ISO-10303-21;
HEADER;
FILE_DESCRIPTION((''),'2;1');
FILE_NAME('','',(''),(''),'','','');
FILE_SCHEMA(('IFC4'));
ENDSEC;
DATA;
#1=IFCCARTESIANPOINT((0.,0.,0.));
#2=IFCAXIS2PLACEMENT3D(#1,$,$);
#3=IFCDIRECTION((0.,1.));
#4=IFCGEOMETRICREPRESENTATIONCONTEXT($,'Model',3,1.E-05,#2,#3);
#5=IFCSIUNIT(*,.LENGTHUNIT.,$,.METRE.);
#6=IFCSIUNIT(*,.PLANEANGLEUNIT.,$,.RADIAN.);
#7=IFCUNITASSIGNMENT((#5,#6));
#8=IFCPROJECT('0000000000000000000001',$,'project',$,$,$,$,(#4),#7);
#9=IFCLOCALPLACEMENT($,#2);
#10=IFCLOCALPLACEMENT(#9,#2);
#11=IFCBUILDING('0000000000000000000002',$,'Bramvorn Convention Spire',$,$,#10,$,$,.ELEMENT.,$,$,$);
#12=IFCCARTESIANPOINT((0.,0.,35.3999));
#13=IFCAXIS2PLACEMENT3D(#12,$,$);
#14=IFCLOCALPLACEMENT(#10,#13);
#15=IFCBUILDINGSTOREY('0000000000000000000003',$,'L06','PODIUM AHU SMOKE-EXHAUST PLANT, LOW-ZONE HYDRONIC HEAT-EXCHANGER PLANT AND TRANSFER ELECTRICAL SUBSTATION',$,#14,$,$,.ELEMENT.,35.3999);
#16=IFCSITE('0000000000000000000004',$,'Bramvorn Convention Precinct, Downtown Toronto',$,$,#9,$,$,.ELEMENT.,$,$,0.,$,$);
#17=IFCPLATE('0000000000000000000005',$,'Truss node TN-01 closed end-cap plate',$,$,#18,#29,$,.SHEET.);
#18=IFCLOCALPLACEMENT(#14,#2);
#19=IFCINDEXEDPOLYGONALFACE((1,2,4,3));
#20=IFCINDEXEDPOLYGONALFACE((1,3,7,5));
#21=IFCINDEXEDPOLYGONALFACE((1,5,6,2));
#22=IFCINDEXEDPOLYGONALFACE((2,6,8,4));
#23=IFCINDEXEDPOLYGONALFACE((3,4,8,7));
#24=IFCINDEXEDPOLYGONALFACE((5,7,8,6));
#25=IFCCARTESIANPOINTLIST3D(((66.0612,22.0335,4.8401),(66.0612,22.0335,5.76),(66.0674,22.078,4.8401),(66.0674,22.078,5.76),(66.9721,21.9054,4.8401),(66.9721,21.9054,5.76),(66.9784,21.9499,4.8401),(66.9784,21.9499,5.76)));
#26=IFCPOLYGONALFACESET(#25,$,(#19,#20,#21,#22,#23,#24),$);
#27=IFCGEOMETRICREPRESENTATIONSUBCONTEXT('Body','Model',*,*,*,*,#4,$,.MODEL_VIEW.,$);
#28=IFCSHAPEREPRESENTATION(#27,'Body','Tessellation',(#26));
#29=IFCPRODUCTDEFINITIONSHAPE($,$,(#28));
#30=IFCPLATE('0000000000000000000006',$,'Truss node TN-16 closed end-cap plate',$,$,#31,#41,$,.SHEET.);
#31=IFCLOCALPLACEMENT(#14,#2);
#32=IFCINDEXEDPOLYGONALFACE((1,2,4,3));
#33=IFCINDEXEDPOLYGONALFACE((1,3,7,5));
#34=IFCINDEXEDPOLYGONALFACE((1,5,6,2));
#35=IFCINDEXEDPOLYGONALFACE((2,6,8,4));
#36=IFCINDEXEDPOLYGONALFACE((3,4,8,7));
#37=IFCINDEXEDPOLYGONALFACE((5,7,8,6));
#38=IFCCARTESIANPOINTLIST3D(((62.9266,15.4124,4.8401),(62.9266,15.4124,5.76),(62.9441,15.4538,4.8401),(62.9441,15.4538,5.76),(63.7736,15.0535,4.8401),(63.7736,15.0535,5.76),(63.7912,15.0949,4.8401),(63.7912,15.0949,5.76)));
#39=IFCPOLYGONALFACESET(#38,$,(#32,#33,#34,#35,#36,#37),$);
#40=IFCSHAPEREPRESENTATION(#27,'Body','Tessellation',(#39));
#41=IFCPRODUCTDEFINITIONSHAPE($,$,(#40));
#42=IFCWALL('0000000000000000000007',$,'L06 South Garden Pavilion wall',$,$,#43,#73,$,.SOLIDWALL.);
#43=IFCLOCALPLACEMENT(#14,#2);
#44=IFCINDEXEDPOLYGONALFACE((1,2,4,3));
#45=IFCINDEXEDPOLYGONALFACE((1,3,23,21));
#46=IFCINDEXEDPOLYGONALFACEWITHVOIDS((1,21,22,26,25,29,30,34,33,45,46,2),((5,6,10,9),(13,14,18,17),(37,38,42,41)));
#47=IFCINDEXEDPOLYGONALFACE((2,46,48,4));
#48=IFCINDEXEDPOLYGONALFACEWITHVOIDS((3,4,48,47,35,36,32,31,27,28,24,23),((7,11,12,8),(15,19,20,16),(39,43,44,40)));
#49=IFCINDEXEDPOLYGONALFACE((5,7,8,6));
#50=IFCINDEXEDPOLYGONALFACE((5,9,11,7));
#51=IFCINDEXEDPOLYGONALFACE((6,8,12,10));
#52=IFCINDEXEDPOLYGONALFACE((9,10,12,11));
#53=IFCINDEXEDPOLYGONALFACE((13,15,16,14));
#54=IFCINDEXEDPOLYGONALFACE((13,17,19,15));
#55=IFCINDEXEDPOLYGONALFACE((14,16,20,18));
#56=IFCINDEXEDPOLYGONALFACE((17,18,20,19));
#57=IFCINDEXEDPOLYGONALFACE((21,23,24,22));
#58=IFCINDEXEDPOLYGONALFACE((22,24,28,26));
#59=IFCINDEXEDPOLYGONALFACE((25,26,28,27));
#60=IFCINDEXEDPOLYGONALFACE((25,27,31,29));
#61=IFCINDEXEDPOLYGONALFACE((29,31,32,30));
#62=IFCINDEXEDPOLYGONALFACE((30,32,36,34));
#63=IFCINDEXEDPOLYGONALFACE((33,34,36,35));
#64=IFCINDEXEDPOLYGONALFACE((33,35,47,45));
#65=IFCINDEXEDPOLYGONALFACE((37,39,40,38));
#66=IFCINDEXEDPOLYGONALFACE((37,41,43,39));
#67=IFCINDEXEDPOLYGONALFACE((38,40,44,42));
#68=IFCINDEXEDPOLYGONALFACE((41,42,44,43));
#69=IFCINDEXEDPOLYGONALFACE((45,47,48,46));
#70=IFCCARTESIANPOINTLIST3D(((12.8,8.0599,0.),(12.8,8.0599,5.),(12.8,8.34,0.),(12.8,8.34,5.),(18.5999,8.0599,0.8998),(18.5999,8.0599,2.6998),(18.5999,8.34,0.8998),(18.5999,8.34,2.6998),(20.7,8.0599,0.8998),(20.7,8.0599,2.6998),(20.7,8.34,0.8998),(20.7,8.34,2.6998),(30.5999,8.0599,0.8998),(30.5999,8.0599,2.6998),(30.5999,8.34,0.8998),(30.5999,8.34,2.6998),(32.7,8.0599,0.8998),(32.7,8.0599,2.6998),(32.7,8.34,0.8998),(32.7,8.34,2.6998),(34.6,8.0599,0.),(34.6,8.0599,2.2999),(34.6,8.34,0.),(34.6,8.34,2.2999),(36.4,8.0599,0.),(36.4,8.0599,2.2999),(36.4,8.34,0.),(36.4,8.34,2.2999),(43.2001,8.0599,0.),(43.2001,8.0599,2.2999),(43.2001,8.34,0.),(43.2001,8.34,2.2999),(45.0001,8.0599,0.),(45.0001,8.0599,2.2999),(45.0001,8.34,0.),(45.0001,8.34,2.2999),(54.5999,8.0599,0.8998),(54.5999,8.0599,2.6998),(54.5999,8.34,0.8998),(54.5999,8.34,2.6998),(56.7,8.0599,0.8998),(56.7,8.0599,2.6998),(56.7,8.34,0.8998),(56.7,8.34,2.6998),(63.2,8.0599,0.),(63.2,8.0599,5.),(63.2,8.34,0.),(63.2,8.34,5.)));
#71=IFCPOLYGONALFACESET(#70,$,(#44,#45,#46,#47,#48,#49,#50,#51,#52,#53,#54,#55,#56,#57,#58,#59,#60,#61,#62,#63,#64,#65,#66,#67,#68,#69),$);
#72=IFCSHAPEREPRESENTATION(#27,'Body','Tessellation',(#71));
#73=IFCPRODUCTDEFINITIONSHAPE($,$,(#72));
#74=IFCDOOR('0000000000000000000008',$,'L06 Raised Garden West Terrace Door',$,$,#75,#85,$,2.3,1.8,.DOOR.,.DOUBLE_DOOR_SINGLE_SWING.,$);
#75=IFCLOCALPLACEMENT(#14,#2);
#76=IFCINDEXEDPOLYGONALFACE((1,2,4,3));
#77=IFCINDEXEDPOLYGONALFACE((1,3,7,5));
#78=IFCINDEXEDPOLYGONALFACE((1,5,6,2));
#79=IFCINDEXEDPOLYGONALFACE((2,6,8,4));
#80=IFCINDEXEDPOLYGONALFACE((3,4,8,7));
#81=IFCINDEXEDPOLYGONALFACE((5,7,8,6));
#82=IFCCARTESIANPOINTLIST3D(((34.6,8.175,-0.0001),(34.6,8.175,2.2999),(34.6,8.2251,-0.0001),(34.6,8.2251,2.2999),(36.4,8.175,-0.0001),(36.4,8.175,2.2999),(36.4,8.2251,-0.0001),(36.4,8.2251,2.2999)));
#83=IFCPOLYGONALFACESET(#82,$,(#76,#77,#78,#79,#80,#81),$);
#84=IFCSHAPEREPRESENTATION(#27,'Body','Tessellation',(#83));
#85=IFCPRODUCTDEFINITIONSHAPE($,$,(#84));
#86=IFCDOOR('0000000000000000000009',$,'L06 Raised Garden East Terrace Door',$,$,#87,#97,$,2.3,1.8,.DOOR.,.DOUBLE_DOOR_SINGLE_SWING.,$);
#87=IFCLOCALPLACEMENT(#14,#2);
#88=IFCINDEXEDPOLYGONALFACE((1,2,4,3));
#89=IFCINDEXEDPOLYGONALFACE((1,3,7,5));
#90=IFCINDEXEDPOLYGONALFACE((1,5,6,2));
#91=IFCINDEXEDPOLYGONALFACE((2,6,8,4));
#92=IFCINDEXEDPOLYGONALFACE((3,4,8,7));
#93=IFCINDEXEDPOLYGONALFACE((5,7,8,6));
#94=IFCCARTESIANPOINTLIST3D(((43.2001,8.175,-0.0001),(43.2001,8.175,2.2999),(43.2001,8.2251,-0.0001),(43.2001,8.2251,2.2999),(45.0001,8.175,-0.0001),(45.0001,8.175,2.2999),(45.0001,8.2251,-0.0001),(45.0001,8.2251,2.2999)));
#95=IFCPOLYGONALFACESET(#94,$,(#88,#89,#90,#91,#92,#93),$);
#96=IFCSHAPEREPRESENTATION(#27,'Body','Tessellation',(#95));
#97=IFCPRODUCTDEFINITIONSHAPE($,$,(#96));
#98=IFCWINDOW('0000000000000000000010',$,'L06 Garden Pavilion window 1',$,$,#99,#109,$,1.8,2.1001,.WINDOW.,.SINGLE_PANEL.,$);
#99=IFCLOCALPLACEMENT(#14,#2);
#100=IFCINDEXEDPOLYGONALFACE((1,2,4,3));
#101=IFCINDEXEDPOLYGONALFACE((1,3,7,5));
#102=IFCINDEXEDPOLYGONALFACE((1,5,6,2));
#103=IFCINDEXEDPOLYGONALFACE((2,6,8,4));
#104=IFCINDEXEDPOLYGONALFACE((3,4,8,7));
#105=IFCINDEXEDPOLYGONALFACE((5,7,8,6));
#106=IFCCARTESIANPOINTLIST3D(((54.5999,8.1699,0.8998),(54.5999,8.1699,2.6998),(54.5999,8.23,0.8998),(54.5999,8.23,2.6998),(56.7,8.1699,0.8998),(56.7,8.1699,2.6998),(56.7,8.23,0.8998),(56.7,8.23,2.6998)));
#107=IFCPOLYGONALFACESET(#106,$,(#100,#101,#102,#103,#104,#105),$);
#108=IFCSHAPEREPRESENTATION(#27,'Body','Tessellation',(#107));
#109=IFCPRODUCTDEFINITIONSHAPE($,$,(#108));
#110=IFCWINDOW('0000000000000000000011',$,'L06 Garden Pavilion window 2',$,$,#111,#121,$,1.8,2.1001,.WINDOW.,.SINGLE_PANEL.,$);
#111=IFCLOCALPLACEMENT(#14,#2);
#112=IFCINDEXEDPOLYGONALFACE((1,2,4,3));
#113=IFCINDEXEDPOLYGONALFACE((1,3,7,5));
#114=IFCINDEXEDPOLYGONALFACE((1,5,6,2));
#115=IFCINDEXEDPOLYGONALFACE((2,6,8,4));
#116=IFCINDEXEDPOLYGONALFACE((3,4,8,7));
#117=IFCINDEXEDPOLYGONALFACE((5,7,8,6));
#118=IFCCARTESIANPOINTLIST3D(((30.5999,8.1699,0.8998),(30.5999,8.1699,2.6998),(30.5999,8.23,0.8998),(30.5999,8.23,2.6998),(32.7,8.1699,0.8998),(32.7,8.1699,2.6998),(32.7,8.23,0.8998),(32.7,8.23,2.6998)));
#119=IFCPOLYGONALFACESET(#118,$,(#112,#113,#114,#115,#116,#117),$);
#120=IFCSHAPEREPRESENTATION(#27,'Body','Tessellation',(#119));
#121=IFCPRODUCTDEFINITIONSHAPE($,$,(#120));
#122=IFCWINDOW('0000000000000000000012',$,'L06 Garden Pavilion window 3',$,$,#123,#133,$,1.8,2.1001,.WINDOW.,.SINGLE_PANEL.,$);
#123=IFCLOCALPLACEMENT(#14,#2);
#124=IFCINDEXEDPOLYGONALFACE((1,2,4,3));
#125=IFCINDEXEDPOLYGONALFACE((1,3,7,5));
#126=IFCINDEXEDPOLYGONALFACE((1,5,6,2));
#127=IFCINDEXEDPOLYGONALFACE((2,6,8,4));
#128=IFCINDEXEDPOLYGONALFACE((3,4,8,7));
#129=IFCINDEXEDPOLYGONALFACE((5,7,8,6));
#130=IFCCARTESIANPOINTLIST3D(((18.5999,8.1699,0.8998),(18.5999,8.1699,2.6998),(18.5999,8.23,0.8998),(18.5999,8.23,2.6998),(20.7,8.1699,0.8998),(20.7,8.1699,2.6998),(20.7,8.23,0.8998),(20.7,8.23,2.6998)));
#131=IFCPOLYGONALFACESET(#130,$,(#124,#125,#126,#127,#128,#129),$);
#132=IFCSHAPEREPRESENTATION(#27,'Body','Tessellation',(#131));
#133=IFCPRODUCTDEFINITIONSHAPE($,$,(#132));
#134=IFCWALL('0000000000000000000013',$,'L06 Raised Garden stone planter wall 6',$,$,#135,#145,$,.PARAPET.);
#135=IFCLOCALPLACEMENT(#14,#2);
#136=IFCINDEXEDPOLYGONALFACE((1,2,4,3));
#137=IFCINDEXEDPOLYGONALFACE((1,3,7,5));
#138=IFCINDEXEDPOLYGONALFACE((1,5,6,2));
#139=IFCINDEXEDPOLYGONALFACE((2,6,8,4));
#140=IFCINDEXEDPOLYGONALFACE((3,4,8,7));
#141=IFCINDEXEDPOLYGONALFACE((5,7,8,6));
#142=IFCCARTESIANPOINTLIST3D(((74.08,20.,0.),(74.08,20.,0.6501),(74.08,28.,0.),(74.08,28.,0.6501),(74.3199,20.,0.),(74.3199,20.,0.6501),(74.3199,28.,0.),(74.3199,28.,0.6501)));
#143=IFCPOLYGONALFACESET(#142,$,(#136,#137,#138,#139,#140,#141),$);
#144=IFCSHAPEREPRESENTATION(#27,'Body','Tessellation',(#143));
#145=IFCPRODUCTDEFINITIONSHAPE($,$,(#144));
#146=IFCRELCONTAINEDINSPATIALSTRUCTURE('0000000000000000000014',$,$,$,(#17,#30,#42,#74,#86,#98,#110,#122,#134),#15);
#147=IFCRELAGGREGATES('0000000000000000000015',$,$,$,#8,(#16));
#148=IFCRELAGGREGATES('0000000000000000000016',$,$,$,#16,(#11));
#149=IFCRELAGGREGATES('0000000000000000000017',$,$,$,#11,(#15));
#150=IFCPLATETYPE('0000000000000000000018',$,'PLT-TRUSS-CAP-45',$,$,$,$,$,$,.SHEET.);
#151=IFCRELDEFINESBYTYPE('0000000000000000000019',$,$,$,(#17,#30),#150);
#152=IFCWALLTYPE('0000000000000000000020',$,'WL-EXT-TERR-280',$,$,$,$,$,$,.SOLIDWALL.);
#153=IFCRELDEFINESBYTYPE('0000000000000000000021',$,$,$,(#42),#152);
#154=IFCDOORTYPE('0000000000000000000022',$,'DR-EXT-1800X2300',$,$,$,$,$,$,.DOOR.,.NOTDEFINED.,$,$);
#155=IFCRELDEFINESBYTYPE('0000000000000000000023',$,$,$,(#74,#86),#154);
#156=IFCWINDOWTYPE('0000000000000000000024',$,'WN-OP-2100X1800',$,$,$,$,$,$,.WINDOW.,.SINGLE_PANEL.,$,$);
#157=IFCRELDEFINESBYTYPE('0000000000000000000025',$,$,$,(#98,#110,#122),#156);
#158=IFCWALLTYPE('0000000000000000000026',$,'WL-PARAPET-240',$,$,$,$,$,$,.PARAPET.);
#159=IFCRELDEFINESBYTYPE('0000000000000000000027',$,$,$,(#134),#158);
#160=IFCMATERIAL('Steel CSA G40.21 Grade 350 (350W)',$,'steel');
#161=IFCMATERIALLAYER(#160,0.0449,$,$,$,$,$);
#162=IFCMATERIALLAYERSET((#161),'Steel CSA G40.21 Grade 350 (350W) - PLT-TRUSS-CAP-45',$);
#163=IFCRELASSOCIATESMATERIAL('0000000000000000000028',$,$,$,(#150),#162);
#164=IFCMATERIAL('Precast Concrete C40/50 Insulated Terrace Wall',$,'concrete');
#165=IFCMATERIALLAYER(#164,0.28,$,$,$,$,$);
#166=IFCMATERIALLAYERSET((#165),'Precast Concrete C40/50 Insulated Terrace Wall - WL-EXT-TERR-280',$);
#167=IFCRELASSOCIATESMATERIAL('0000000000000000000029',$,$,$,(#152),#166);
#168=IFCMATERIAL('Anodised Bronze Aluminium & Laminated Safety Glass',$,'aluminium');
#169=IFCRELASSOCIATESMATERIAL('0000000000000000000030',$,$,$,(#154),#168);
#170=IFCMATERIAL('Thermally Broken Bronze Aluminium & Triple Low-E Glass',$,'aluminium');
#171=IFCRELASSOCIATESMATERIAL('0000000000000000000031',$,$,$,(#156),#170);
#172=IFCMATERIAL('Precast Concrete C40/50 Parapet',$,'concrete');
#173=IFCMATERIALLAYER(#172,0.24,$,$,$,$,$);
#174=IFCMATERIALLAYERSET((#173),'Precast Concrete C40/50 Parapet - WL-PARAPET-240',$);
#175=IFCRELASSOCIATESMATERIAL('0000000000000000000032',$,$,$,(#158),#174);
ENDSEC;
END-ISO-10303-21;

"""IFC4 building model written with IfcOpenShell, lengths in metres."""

from ifc_helpers import new_model, si_unit, direction, frame, frame_2d, origin, origin_2d, place, context, subcontext, project, spatial, rectangle, extrude, material, layer, layer_set, type_object, element, fill, save


model = new_model("IFC4")

# Units and contexts
model_context = context("Model", 3, precision=1e-05, world=origin(), true_north=direction((0.0, 1.0)))
body_context = subcontext(model_context, "Body", "Model", "MODEL_VIEW")
ifc_project = project(units=[si_unit("LENGTHUNIT", "METRE"), si_unit("PLANEANGLEUNIT", "RADIAN")], contexts=[model_context])

# Site, building, storey
site_placement = place(None, origin())
site = spatial("IfcSite", under=ifc_project, at=site_placement, Name="Bramvorn Convention Precinct, Downtown Toronto", CompositionType="ELEMENT", RefElevation=0.0)
building_placement = place(site_placement, origin())
building = spatial("IfcBuilding", under=site, at=building_placement, Name="Bramvorn Convention Spire", CompositionType="ELEMENT")
storey_placement = place(building_placement, frame((0.0, 0.0, 35.3999)))
storey = spatial("IfcBuildingStorey", under=building, at=storey_placement, Name="L06", Description="PODIUM AHU SMOKE-EXHAUST PLANT, LOW-ZONE HYDRONIC HEAT-EXCHANGER PLANT AND TRANSFER ELECTRICAL SUBSTATION", CompositionType="ELEMENT", Elevation=35.3999)

# Shared definitions
ifc_material_1 = material(Name="Steel CSA G40.21 Grade 350 (350W)", Category="steel")

# Plates
ifc_layer_1 = layer(ifc_material_1, 0.0449)
ifc_layer_set_1 = layer_set([ifc_layer_1], Name="Steel CSA G40.21 Grade 350 (350W) - PLT-TRUSS-CAP-45")
plate_type_1 = type_object("IfcPlateType", Name="PLT-TRUSS-CAP-45", PredefinedType="SHEET", material=ifc_layer_set_1)
for number, where, z_axis, x_axis, name in (
    (1, (66.5198, 21.9917, 4.8401), (0.0, 0.0, 1.0), (0.990268, -0.139174, 0.0), "Truss node TN-01 closed end-cap plate"),
    (2, (63.3589, 15.2537, 4.8401), (0.0, 0.0, 1.0), (0.920739, -0.39018, 0.0), "Truss node TN-16 closed end-cap plate"),
):
    element("IfcPlate", number, at=place(storey_placement, frame(where, z_axis=z_axis, x_axis=x_axis)), inside=storey, type_object=plate_type_1, Name=name, PredefinedType="SHEET", context=body_context, shape_type="SweptSolid", body=[
        extrude(rectangle(XDim=0.9199, YDim=0.0449, at=origin_2d()), origin(), (0.0, 0.0, 1.0), 0.9199),
    ])

# Wall, openings, doors, windows
ifc_material_2 = material(Name="Precast Concrete C40/50 Insulated Terrace Wall", Category="concrete")
ifc_layer_2 = layer(ifc_material_2, 0.28)
ifc_layer_set_2 = layer_set([ifc_layer_2], Name="Precast Concrete C40/50 Insulated Terrace Wall - WL-EXT-TERR-280")
wall_type_1 = type_object("IfcWallType", Name="WL-EXT-TERR-280", PredefinedType="SOLIDWALL", material=ifc_layer_set_2)
wall_1_placement = place(storey_placement, frame((63.2, 8.2, 0.0), z_axis=(0.0, 0.0, 1.0), x_axis=(-1.0, 0.0, 0.0)))
wall_1 = element("IfcWall", 3, at=wall_1_placement, inside=storey, type_object=wall_type_1, Name="L06 South Garden Pavilion wall", PredefinedType="SOLIDWALL", context=body_context, shape_type="SweptSolid", body=[
    extrude(rectangle(XDim=50.3999, YDim=0.28, at=frame_2d((25.2, 0.0))), origin(), (0.0, 0.0, 1.0), 5.0),
])
opening_1_placement = place(wall_1_placement, frame((26.8, 0.0, 0.0)))
opening_1 = element("IfcOpeningElement", 4, at=opening_1_placement, cuts=wall_1, PredefinedType="OPENING", context=body_context, shape_type="SweptSolid", body=[
    extrude(rectangle(XDim=1.8, YDim=2.3, at=frame_2d((0.8999, 1.1499))), frame((0.0, 0.1499, 0.0), z_axis=(0.0, -1.0, 0.0), x_axis=(1.0, 0.0, 0.0)), (0.0, 0.0, 1.0), 0.3),
])
opening_2_placement = place(wall_1_placement, frame((18.2, 0.0, 0.0)))
opening_2 = element("IfcOpeningElement", 5, at=opening_2_placement, cuts=wall_1, PredefinedType="OPENING", context=body_context, shape_type="SweptSolid", body=[
    extrude(rectangle(XDim=1.8, YDim=2.3, at=frame_2d((0.8999, 1.1499))), frame((0.0, 0.1499, 0.0), z_axis=(0.0, -1.0, 0.0), x_axis=(1.0, 0.0, 0.0)), (0.0, 0.0, 1.0), 0.3),
])
opening_3_placement = place(wall_1_placement, frame((6.5, 0.0, 0.8999)))
opening_3 = element("IfcOpeningElement", 6, at=opening_3_placement, cuts=wall_1, PredefinedType="OPENING", context=body_context, shape_type="SweptSolid", body=[
    extrude(rectangle(XDim=2.1001, YDim=1.8, at=frame_2d((1.05, 0.8999))), frame((0.0, 0.1499, 0.0), z_axis=(0.0, -1.0, 0.0), x_axis=(1.0, 0.0, 0.0)), (0.0, 0.0, 1.0), 0.3),
])
opening_4_placement = place(wall_1_placement, frame((30.5, 0.0, 0.8999)))
opening_4 = element("IfcOpeningElement", 7, at=opening_4_placement, cuts=wall_1, PredefinedType="OPENING", context=body_context, shape_type="SweptSolid", body=[
    extrude(rectangle(XDim=2.1001, YDim=1.8, at=frame_2d((1.05, 0.8999))), frame((0.0, 0.1499, 0.0), z_axis=(0.0, -1.0, 0.0), x_axis=(1.0, 0.0, 0.0)), (0.0, 0.0, 1.0), 0.3),
])
opening_5_placement = place(wall_1_placement, frame((42.5, 0.0, 0.8999)))
opening_5 = element("IfcOpeningElement", 8, at=opening_5_placement, cuts=wall_1, PredefinedType="OPENING", context=body_context, shape_type="SweptSolid", body=[
    extrude(rectangle(XDim=2.1001, YDim=1.8, at=frame_2d((1.05, 0.8999))), frame((0.0, 0.1499, 0.0), z_axis=(0.0, -1.0, 0.0), x_axis=(1.0, 0.0, 0.0)), (0.0, 0.0, 1.0), 0.3),
])
ifc_material_3 = material(Name="Anodised Bronze Aluminium & Laminated Safety Glass", Category="aluminium")
door_type = type_object("IfcDoorType", Name="DR-EXT-1800X2300", OperationType="NOTDEFINED", PredefinedType="DOOR", material=ifc_material_3)
door_1_placement = place(opening_1_placement, origin())
door_1 = element("IfcDoor", 9, at=door_1_placement, inside=storey, type_object=door_type, Name="L06 Raised Garden West Terrace Door", OperationType="DOUBLE_DOOR_SINGLE_SWING", OverallHeight=2.3, OverallWidth=1.8, PredefinedType="DOOR", context=body_context, shape_type="SweptSolid", body=[
    extrude(rectangle(XDim=1.8, YDim=2.3, at=frame_2d((0.8999, 1.1499))), frame((0.0, 0.0249, 0.0), z_axis=(0.0, -1.0, 0.0), x_axis=(1.0, 0.0, 0.0)), (0.0, 0.0, 1.0), 0.05),
])
fill(opening_1, door_1)
door_2_placement = place(opening_2_placement, origin())
door_2 = element("IfcDoor", 10, at=door_2_placement, inside=storey, type_object=door_type, Name="L06 Raised Garden East Terrace Door", OperationType="DOUBLE_DOOR_SINGLE_SWING", OverallHeight=2.3, OverallWidth=1.8, PredefinedType="DOOR", context=body_context, shape_type="SweptSolid", body=[
    extrude(rectangle(XDim=1.8, YDim=2.3, at=frame_2d((0.8999, 1.1499))), frame((0.0, 0.0249, 0.0), z_axis=(0.0, -1.0, 0.0), x_axis=(1.0, 0.0, 0.0)), (0.0, 0.0, 1.0), 0.05),
])
fill(opening_2, door_2)
ifc_material_4 = material(Name="Thermally Broken Bronze Aluminium & Triple Low-E Glass", Category="aluminium")
window_type = type_object("IfcWindowType", Name="WN-OP-2100X1800", PartitioningType="SINGLE_PANEL", PredefinedType="WINDOW", material=ifc_material_4)
window_1_placement = place(opening_3_placement, origin())
window_1 = element("IfcWindow", 11, at=window_1_placement, inside=storey, type_object=window_type, Name="L06 Garden Pavilion window 1", OverallHeight=1.8, OverallWidth=2.1001, PartitioningType="SINGLE_PANEL", PredefinedType="WINDOW", context=body_context, shape_type="SweptSolid", body=[
    extrude(rectangle(XDim=2.1001, YDim=1.8, at=frame_2d((1.05, 0.8999))), frame((0.0, 0.03, 0.0), z_axis=(0.0, -1.0, 0.0), x_axis=(1.0, 0.0, 0.0)), (0.0, 0.0, 1.0), 0.0601),
])
fill(opening_3, window_1)
window_2_placement = place(opening_4_placement, origin())
window_2 = element("IfcWindow", 12, at=window_2_placement, inside=storey, type_object=window_type, Name="L06 Garden Pavilion window 2", OverallHeight=1.8, OverallWidth=2.1001, PartitioningType="SINGLE_PANEL", PredefinedType="WINDOW", context=body_context, shape_type="SweptSolid", body=[
    extrude(rectangle(XDim=2.1001, YDim=1.8, at=frame_2d((1.05, 0.8999))), frame((0.0, 0.03, 0.0), z_axis=(0.0, -1.0, 0.0), x_axis=(1.0, 0.0, 0.0)), (0.0, 0.0, 1.0), 0.0601),
])
fill(opening_4, window_2)
window_3_placement = place(opening_5_placement, origin())
window_3 = element("IfcWindow", 13, at=window_3_placement, inside=storey, type_object=window_type, Name="L06 Garden Pavilion window 3", OverallHeight=1.8, OverallWidth=2.1001, PartitioningType="SINGLE_PANEL", PredefinedType="WINDOW", context=body_context, shape_type="SweptSolid", body=[
    extrude(rectangle(XDim=2.1001, YDim=1.8, at=frame_2d((1.05, 0.8999))), frame((0.0, 0.03, 0.0), z_axis=(0.0, -1.0, 0.0), x_axis=(1.0, 0.0, 0.0)), (0.0, 0.0, 1.0), 0.0601),
])
fill(opening_5, window_3)

# Wall
ifc_material_5 = material(Name="Precast Concrete C40/50 Parapet", Category="concrete")
ifc_layer_3 = layer(ifc_material_5, 0.24)
ifc_layer_set_3 = layer_set([ifc_layer_3], Name="Precast Concrete C40/50 Parapet - WL-PARAPET-240")
wall_type_2 = type_object("IfcWallType", Name="WL-PARAPET-240", PredefinedType="PARAPET", material=ifc_layer_set_3)
wall_2_placement = place(storey_placement, frame((74.2, 20.0, 0.0), z_axis=(0.0, 0.0, 1.0), x_axis=(0.0, 1.0, 0.0)))
element("IfcWall", 14, at=wall_2_placement, inside=storey, type_object=wall_type_2, Name="L06 Raised Garden stone planter wall 6", PredefinedType="PARAPET", context=body_context, shape_type="SweptSolid", body=[
    extrude(rectangle(XDim=8.0, YDim=0.24, at=frame_2d((4.0, 0.0))), origin(), (0.0, 0.0, 1.0), 0.6501),
])

save(model, "model.ifc")
